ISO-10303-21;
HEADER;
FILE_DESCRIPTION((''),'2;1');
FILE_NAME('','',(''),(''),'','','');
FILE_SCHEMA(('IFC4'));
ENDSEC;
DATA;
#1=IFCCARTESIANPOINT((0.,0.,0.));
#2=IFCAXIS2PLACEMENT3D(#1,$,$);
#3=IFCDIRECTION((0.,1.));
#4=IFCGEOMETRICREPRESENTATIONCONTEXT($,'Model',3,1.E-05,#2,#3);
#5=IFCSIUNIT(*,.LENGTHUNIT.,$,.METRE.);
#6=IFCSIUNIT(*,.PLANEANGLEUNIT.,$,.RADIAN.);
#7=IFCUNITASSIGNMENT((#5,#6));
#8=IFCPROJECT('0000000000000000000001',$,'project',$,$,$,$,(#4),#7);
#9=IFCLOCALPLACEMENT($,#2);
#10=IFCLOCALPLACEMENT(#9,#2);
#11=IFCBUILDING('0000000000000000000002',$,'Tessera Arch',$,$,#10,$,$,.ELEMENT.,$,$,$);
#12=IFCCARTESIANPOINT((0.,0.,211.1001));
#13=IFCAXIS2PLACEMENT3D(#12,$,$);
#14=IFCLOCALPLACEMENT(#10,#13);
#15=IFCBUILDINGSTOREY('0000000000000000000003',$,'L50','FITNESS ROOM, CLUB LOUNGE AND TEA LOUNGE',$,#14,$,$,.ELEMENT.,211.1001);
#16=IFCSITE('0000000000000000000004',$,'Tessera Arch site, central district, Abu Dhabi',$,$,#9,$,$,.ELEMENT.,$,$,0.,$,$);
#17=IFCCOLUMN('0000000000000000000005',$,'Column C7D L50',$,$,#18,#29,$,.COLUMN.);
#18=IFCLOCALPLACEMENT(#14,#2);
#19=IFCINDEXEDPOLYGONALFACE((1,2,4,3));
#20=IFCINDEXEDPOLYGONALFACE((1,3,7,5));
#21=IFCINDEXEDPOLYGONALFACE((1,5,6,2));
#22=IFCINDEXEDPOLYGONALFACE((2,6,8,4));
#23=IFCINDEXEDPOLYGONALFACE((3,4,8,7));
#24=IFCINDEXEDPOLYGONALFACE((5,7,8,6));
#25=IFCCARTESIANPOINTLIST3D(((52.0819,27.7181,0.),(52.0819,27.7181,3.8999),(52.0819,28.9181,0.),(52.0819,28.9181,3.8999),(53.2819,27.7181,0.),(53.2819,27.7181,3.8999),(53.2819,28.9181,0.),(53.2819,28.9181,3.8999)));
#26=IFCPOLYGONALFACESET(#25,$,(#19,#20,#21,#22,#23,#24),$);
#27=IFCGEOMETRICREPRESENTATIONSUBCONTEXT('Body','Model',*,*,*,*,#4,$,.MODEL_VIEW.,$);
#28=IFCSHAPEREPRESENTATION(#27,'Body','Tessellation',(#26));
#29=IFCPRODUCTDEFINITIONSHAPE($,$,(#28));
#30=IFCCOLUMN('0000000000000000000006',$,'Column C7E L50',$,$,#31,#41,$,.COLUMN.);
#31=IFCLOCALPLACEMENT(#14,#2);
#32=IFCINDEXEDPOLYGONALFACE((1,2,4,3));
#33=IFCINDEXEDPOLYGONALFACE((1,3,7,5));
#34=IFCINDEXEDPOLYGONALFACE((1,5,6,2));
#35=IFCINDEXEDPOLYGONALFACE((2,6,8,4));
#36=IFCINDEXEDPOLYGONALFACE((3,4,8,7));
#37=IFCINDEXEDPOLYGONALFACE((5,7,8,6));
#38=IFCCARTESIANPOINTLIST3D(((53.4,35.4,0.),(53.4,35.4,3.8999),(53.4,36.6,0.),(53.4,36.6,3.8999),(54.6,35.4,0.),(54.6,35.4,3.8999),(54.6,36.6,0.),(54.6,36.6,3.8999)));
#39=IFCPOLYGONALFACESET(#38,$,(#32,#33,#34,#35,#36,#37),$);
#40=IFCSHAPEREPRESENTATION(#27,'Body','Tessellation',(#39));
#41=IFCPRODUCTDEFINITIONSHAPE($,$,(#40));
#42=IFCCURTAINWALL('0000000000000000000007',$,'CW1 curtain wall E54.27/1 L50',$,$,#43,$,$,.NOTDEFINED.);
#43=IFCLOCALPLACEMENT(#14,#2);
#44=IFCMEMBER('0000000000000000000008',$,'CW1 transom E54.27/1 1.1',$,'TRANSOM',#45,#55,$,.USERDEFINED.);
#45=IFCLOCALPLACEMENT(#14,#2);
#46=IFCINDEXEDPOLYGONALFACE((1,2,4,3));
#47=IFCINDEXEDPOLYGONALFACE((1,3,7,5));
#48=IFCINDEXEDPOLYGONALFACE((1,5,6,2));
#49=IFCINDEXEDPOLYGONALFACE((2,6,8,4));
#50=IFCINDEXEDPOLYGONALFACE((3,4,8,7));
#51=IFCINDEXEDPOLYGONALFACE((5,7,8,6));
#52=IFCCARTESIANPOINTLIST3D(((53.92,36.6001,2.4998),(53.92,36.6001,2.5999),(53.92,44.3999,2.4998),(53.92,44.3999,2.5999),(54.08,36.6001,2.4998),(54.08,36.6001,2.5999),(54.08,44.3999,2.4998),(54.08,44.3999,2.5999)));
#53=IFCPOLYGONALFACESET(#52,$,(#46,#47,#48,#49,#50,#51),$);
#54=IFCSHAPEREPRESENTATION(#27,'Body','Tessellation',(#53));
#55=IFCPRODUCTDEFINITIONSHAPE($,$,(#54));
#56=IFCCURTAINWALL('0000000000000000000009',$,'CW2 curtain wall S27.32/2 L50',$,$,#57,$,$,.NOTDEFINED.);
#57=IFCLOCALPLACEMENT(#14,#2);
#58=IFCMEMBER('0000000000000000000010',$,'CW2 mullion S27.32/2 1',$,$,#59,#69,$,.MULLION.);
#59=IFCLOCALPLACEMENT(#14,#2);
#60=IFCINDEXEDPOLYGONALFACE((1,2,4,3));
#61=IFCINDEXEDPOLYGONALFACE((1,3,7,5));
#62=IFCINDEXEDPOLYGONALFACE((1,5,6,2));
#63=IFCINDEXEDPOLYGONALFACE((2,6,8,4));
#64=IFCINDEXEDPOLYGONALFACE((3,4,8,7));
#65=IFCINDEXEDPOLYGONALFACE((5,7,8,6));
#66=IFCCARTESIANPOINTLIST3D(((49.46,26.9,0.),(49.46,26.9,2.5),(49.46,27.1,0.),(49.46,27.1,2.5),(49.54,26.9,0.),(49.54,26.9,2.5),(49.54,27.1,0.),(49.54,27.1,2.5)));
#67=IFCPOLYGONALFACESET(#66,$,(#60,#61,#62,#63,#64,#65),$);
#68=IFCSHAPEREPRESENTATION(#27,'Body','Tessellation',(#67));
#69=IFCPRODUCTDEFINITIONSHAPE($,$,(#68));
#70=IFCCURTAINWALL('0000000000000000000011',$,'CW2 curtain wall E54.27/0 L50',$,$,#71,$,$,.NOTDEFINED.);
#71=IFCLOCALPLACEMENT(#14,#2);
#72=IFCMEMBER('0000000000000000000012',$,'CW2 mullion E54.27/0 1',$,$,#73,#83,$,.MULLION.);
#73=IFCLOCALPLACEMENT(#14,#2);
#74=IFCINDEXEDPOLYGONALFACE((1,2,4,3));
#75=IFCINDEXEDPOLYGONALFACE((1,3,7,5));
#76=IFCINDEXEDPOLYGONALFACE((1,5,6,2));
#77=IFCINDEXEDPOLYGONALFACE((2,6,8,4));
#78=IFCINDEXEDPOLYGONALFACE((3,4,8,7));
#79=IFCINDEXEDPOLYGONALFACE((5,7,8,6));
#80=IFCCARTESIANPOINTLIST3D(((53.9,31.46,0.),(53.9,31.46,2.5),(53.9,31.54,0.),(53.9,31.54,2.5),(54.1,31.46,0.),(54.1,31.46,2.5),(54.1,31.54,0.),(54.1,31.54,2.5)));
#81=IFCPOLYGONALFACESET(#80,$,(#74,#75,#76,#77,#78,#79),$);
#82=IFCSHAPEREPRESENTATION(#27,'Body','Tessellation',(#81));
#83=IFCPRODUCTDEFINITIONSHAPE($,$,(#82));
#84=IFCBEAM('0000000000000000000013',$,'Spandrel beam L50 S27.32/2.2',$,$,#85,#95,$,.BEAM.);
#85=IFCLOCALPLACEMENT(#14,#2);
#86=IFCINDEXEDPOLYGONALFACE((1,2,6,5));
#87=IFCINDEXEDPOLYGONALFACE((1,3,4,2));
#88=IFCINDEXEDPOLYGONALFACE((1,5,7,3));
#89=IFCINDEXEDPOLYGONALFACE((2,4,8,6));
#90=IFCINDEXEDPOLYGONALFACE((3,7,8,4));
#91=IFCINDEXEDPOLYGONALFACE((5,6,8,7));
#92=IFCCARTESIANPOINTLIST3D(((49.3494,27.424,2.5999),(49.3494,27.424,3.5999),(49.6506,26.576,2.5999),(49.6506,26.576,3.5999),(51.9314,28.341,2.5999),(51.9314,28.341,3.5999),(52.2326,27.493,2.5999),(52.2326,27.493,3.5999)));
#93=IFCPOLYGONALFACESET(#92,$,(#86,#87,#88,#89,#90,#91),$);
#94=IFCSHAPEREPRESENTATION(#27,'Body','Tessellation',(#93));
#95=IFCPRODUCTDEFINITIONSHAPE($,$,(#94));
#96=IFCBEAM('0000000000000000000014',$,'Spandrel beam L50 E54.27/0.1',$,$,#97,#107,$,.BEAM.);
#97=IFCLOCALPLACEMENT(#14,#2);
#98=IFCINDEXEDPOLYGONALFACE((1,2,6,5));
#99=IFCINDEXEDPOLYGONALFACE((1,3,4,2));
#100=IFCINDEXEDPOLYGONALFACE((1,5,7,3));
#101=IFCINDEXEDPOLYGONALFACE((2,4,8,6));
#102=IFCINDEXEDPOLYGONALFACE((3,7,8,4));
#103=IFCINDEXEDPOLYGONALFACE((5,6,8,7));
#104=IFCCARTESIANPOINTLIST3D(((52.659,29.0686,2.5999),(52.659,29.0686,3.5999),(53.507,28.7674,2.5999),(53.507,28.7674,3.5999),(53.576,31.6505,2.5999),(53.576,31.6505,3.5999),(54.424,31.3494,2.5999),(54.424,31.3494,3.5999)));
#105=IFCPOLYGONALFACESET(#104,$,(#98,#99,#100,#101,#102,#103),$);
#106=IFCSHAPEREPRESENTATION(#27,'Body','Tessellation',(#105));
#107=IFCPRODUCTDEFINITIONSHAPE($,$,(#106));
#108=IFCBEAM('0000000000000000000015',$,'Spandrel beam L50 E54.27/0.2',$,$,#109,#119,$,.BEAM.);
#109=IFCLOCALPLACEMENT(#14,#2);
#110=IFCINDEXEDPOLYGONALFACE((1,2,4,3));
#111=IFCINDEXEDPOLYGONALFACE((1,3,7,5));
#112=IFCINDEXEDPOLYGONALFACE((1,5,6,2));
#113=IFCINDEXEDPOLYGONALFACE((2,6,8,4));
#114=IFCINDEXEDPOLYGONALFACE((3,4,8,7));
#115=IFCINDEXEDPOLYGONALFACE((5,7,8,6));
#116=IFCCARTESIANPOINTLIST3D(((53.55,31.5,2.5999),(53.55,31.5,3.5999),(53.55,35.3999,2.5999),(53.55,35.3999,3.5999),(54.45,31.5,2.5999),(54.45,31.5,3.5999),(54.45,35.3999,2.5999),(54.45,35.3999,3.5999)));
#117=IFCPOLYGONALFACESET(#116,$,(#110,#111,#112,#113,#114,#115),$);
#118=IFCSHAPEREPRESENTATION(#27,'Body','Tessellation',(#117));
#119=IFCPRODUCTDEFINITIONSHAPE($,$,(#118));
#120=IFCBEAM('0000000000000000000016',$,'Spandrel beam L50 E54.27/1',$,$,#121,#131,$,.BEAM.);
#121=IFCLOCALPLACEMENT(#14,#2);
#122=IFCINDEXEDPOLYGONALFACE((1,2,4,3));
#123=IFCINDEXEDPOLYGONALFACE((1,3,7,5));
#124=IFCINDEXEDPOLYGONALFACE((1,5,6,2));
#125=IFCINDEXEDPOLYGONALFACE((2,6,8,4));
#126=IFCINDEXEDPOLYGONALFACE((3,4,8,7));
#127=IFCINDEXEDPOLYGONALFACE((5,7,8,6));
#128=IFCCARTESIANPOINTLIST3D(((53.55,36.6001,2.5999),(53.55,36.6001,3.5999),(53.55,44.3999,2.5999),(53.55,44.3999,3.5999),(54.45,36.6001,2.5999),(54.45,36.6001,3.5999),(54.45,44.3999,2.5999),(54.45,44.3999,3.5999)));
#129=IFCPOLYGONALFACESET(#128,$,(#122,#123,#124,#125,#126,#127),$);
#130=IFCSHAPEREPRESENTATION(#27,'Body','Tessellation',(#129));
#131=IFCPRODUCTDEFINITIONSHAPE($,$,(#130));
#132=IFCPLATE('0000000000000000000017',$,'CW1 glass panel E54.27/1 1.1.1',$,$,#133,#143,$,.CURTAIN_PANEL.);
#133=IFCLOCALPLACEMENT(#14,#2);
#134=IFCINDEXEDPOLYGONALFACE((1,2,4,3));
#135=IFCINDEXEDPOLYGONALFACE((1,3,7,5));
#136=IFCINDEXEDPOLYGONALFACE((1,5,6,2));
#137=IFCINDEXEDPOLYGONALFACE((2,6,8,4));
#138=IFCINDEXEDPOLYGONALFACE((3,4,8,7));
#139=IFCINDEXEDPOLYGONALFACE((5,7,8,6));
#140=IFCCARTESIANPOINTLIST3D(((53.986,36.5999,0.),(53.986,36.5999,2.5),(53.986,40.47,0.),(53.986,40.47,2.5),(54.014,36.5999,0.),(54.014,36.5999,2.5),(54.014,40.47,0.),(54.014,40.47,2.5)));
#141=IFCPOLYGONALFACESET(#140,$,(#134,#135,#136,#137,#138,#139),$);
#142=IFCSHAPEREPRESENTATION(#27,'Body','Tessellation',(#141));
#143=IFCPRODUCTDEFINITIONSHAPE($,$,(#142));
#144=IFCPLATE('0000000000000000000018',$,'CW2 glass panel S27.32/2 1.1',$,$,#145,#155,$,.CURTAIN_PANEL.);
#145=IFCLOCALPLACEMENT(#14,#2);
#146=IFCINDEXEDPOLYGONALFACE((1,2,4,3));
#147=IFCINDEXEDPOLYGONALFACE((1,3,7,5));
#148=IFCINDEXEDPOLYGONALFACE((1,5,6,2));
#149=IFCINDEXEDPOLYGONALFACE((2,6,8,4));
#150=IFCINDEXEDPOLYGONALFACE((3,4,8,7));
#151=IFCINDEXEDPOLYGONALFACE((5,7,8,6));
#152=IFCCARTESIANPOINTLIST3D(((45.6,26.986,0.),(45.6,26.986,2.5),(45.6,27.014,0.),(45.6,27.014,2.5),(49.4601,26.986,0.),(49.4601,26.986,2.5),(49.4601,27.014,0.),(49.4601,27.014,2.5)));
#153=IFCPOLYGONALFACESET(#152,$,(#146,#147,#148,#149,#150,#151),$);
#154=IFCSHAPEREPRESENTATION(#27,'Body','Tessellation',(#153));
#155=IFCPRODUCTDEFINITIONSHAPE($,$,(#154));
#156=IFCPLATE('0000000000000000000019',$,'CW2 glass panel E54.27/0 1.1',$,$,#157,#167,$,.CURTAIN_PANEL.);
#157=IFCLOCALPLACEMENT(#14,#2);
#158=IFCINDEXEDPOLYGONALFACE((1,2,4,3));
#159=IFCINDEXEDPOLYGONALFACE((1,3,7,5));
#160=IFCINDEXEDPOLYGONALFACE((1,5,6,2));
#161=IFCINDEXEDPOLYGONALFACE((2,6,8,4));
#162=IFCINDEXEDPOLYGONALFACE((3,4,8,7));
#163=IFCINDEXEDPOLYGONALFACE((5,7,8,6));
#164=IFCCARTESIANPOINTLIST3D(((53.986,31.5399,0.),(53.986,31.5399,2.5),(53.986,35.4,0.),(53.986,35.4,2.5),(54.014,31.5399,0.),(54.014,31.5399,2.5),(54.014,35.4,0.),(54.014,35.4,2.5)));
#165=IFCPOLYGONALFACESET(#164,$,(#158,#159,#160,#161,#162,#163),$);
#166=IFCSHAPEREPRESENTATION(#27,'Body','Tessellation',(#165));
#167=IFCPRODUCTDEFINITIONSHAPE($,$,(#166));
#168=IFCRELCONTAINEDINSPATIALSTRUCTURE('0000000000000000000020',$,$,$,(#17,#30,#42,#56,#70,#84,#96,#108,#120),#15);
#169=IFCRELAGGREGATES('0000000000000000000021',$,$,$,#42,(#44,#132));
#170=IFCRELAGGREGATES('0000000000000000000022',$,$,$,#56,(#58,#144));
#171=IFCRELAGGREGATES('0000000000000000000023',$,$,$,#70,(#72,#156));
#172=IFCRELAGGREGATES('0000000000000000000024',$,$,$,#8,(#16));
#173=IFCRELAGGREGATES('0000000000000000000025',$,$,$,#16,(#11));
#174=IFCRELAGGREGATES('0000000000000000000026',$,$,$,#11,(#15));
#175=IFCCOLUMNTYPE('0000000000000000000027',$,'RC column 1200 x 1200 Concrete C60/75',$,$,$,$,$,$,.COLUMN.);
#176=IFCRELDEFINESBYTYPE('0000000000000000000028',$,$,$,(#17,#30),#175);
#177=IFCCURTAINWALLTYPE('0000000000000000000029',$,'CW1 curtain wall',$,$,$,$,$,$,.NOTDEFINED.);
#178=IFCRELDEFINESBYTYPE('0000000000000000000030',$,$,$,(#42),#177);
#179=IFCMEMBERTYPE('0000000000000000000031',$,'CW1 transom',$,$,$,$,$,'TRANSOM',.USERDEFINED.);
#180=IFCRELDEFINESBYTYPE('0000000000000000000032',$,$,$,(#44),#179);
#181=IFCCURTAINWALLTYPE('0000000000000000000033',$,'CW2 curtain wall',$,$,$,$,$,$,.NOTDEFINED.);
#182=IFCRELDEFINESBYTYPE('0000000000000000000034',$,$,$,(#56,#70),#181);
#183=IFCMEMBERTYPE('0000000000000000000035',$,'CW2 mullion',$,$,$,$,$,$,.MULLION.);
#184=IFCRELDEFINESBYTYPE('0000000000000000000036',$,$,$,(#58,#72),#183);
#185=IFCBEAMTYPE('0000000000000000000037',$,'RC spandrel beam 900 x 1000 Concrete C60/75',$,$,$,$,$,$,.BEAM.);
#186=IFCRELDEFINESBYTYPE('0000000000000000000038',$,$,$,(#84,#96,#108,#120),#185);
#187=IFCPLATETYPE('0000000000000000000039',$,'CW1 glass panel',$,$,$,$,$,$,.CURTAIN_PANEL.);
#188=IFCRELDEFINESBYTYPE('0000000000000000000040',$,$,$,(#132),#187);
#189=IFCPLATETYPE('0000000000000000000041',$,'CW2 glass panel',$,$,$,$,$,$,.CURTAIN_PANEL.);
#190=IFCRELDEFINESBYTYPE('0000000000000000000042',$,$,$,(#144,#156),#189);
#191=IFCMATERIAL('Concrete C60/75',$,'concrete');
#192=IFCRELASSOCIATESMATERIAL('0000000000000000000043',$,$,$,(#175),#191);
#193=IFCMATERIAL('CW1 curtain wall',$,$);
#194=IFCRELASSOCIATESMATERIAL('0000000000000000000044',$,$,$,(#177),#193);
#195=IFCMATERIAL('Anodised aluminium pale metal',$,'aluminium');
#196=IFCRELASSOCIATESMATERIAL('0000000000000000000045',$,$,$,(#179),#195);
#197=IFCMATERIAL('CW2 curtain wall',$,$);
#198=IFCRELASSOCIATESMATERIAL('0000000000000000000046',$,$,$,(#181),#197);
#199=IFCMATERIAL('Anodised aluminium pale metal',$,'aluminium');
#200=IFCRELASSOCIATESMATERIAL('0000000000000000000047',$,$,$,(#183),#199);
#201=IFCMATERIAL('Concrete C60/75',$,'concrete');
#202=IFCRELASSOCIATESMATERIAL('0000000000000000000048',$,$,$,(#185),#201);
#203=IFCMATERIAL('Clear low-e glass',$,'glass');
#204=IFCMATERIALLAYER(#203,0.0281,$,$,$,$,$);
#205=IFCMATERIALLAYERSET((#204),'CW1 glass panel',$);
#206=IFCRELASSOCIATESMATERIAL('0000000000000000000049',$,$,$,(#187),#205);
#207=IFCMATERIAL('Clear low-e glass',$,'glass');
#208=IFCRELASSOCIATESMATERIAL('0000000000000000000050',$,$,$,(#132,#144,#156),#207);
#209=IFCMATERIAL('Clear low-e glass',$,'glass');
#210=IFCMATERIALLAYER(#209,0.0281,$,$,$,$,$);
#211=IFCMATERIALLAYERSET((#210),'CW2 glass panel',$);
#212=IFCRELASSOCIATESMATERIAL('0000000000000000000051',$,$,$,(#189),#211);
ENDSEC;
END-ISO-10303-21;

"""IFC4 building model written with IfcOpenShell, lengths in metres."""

from ifc_helpers import new_model, si_unit, direction, frame, origin, origin_2d, place, context, subcontext, project, spatial, rectangle, extrude, material, layer, layer_set, material_profile, profile_set, type_object, element, aggregate, save


model = new_model("IFC4")

# Units and contexts
model_context = context("Model", 3, precision=1e-05, world=origin(), true_north=direction((0.0, 1.0)))
body_context = subcontext(model_context, "Body", "Model", "MODEL_VIEW")
ifc_project = project(units=[si_unit("LENGTHUNIT", "METRE"), si_unit("PLANEANGLEUNIT", "RADIAN")], contexts=[model_context])

# Site, building, storey
site_placement = place(None, origin())
site = spatial("IfcSite", under=ifc_project, at=site_placement, Name="Tessera Arch site, central district, Abu Dhabi", CompositionType="ELEMENT", RefElevation=0.0)
building_placement = place(site_placement, origin())
building = spatial("IfcBuilding", under=site, at=building_placement, Name="Tessera Arch", CompositionType="ELEMENT")
storey_placement = place(building_placement, frame((0.0, 0.0, 211.1001)))
storey = spatial("IfcBuildingStorey", under=building, at=storey_placement, Name="L50", Description="FITNESS ROOM, CLUB LOUNGE AND TEA LOUNGE", CompositionType="ELEMENT", Elevation=211.1001)

# Columns
ifc_material_1 = material(Name="Concrete C60/75", Category="concrete")
ifc_material_profile_1 = material_profile(ifc_material_1, rectangle(XDim=1.2, YDim=1.2, at=origin_2d()), Name="RC column 1200 x 1200 Concrete C60/75")
ifc_profile_set_1 = profile_set([ifc_material_profile_1], Name="Concrete C60/75")
column_type = type_object("IfcColumnType", Name="RC column 1200 x 1200 Concrete C60/75", PredefinedType="COLUMN", material=ifc_profile_set_1)
for number, where, z_axis, x_axis, name in (
    (1, (52.6819, 28.3181, 0.0), (0.0, 0.0, 1.0), (1.0, 0.0, 0.0), "Column C7D L50"),
    (2, (54.0, 36.0, 0.0), (0.0, 0.0, 1.0), (1.0, 0.0, 0.0), "Column C7E L50"),
):
    element("IfcColumn", number, at=place(storey_placement, frame(where, z_axis=z_axis, x_axis=x_axis)), inside=storey, type_object=column_type, Name=name, PredefinedType="COLUMN", context=body_context, shape_type="SweptSolid", body=[
        extrude(rectangle(XDim=1.2, YDim=1.2, at=origin_2d()), origin(), (0.0, 0.0, 1.0), 3.8999),
    ])

# Curtain walls, members
ifc_material_2 = material(Name="CW1 curtain wall")
curtain_wall_type_1 = type_object("IfcCurtainWallType", Name="CW1 curtain wall", PredefinedType="NOTDEFINED", material=ifc_material_2)
curtain_wall_1_placement = place(storey_placement, origin())
curtain_wall_1 = element("IfcCurtainWall", 3, at=curtain_wall_1_placement, inside=storey, type_object=curtain_wall_type_1, Name="CW1 curtain wall E54.27/1 L50", PredefinedType="NOTDEFINED")
ifc_material_3 = material(Name="Anodised aluminium pale metal", Category="aluminium")
ifc_material_profile_2 = material_profile(ifc_material_3, rectangle(XDim=0.1599, YDim=0.1001, at=origin_2d()), Name="AL 160x100")
ifc_profile_set_2 = profile_set([ifc_material_profile_2], Name="Anodised aluminium pale metal")
member_type_1 = type_object("IfcMemberType", Name="CW1 transom", ElementType="TRANSOM", PredefinedType="USERDEFINED", material=ifc_profile_set_2)
member_1_placement = place(storey_placement, frame((54.0, 36.6001, 2.5498), z_axis=(0.0, 1.0, 0.0), x_axis=(-1.0, 0.0, 0.0)))
member_1 = element("IfcMember", 4, at=member_1_placement, type_object=member_type_1, Name="CW1 transom E54.27/1 1.1", ObjectType="TRANSOM", PredefinedType="USERDEFINED", context=body_context, shape_type="SweptSolid", body=[
    extrude(rectangle(XDim=0.1599, YDim=0.1001, at=origin_2d()), origin(), (0.0, 0.0, 1.0), 7.7998),
])
ifc_material_4 = material(Name="CW2 curtain wall")
curtain_wall_type_2 = type_object("IfcCurtainWallType", Name="CW2 curtain wall", PredefinedType="NOTDEFINED", material=ifc_material_4)
curtain_wall_2_placement = place(storey_placement, origin())
curtain_wall_2 = element("IfcCurtainWall", 5, at=curtain_wall_2_placement, inside=storey, type_object=curtain_wall_type_2, Name="CW2 curtain wall S27.32/2 L50", PredefinedType="NOTDEFINED")
ifc_material_5 = material(Name="Anodised aluminium pale metal", Category="aluminium")
ifc_material_profile_3 = material_profile(ifc_material_5, rectangle(XDim=0.2, YDim=0.0801, at=origin_2d()), Name="AL 80x200")
ifc_profile_set_3 = profile_set([ifc_material_profile_3], Name="Anodised aluminium pale metal")
member_type_2 = type_object("IfcMemberType", Name="CW2 mullion", PredefinedType="MULLION", material=ifc_profile_set_3)
member_2_placement = place(storey_placement, frame((49.5, 27.0, 0.0), z_axis=(0.0, 0.0, 1.0), x_axis=(0.0, 1.0, 0.0)))
member_2 = element("IfcMember", 6, at=member_2_placement, type_object=member_type_2, Name="CW2 mullion S27.32/2 1", PredefinedType="MULLION", context=body_context, shape_type="SweptSolid", body=[
    extrude(rectangle(XDim=0.2, YDim=0.0801, at=origin_2d()), origin(), (0.0, 0.0, 1.0), 2.5),
])
curtain_wall_3_placement = place(storey_placement, origin())
curtain_wall_3 = element("IfcCurtainWall", 7, at=curtain_wall_3_placement, inside=storey, type_object=curtain_wall_type_2, Name="CW2 curtain wall E54.27/0 L50", PredefinedType="NOTDEFINED")
member_3_placement = place(storey_placement, frame((54.0, 31.5, 0.0), z_axis=(0.0, 0.0, 1.0), x_axis=(-1.0, 0.0, 0.0)))
member_3 = element("IfcMember", 8, at=member_3_placement, type_object=member_type_2, Name="CW2 mullion E54.27/0 1", PredefinedType="MULLION", context=body_context, shape_type="SweptSolid", body=[
    extrude(rectangle(XDim=0.2, YDim=0.0801, at=origin_2d()), origin(), (0.0, 0.0, 1.0), 2.5),
])

# Beams
ifc_material_6 = material(Name="Concrete C60/75", Category="concrete")
ifc_material_profile_4 = material_profile(ifc_material_6, rectangle(XDim=0.8999, YDim=1.0, at=origin_2d()), Name="RC spandrel beam 900 x 1000 Concrete C60/75")
ifc_profile_set_4 = profile_set([ifc_material_profile_4], Name="Concrete C60/75")
beam_type = type_object("IfcBeamType", Name="RC spandrel beam 900 x 1000 Concrete C60/75", PredefinedType="BEAM", material=ifc_profile_set_4)
for number, where, z_axis, x_axis, name in (
    (9, (49.5, 27.0, 3.0999), (0.942337, 0.334665, 0.0), (-0.334665, 0.942337, 0.0), "Spandrel beam L50 S27.32/2.2"),
    (10, (53.083, 28.918, 3.0999), (0.334665, 0.942337, 0.0), (-0.942337, 0.334665, 0.0), "Spandrel beam L50 E54.27/0.1"),
):
    element("IfcBeam", number, at=place(storey_placement, frame(where, z_axis=z_axis, x_axis=x_axis)), inside=storey, type_object=beam_type, Name=name, PredefinedType="BEAM", context=body_context, shape_type="SweptSolid", body=[
        extrude(rectangle(XDim=0.8999, YDim=1.0, at=origin_2d()), origin(), (0.0, 0.0, 1.0), 2.74),
    ])
beam_1_placement = place(storey_placement, frame((54.0, 31.5, 3.0999), z_axis=(0.0, 1.0, 0.0), x_axis=(-1.0, 0.0, 0.0)))
element("IfcBeam", 11, at=beam_1_placement, inside=storey, type_object=beam_type, Name="Spandrel beam L50 E54.27/0.2", PredefinedType="BEAM", context=body_context, shape_type="SweptSolid", body=[
    extrude(rectangle(XDim=0.8999, YDim=1.0, at=origin_2d()), origin(), (0.0, 0.0, 1.0), 3.8999),
])
beam_2_placement = place(storey_placement, frame((54.0, 36.6001, 3.0999), z_axis=(0.0, 1.0, 0.0), x_axis=(-1.0, 0.0, 0.0)))
element("IfcBeam", 12, at=beam_2_placement, inside=storey, type_object=beam_type, Name="Spandrel beam L50 E54.27/1", PredefinedType="BEAM", context=body_context, shape_type="SweptSolid", body=[
    extrude(rectangle(XDim=0.8999, YDim=1.0, at=origin_2d()), origin(), (0.0, 0.0, 1.0), 7.7998),
])

# Plates
ifc_material_7 = material(Name="Clear low-e glass", Category="glass")
ifc_material_8 = material(Name="Clear low-e glass", Category="glass")
ifc_layer_1 = layer(ifc_material_8, 0.0281)
ifc_layer_set_1 = layer_set([ifc_layer_1], Name="CW1 glass panel")
plate_type_1 = type_object("IfcPlateType", Name="CW1 glass panel", PredefinedType="CURTAIN_PANEL", material=ifc_layer_set_1)
plate_1_placement = place(storey_placement, frame((54.0, 38.5349, 0.0), z_axis=(0.0, 0.0, 1.0), x_axis=(0.0, 1.0, 0.0)))
plate_1 = element("IfcPlate", 13, at=plate_1_placement, type_object=plate_type_1, material=ifc_material_7, Name="CW1 glass panel E54.27/1 1.1.1", PredefinedType="CURTAIN_PANEL", context=body_context, shape_type="SweptSolid", body=[
    extrude(rectangle(XDim=3.8701, YDim=0.0281, at=origin_2d()), origin(), (0.0, 0.0, 1.0), 2.5),
])
aggregate(curtain_wall_1, [member_1, plate_1])
ifc_material_9 = material(Name="Clear low-e glass", Category="glass")
ifc_layer_2 = layer(ifc_material_9, 0.0281)
ifc_layer_set_2 = layer_set([ifc_layer_2], Name="CW2 glass panel")
plate_type_2 = type_object("IfcPlateType", Name="CW2 glass panel", PredefinedType="CURTAIN_PANEL", material=ifc_layer_set_2)
plate_2_placement = place(storey_placement, frame((47.53, 27.0, 0.0), z_axis=(0.0, 0.0, 1.0), x_axis=(1.0, 0.0, 0.0)))
plate_2 = element("IfcPlate", 14, at=plate_2_placement, type_object=plate_type_2, material=ifc_material_7, Name="CW2 glass panel S27.32/2 1.1", PredefinedType="CURTAIN_PANEL", context=body_context, shape_type="SweptSolid", body=[
    extrude(rectangle(XDim=3.8601, YDim=0.0281, at=origin_2d()), origin(), (0.0, 0.0, 1.0), 2.5),
])
aggregate(curtain_wall_2, [member_2, plate_2])
plate_3_placement = place(storey_placement, frame((54.0, 33.47, 0.0), z_axis=(0.0, 0.0, 1.0), x_axis=(0.0, 1.0, 0.0)))
plate_3 = element("IfcPlate", 15, at=plate_3_placement, type_object=plate_type_2, material=ifc_material_7, Name="CW2 glass panel E54.27/0 1.1", PredefinedType="CURTAIN_PANEL", context=body_context, shape_type="SweptSolid", body=[
    extrude(rectangle(XDim=3.8601, YDim=0.0281, at=origin_2d()), origin(), (0.0, 0.0, 1.0), 2.5),
])
aggregate(curtain_wall_3, [member_3, plate_3])

save(model, "model.ifc")
